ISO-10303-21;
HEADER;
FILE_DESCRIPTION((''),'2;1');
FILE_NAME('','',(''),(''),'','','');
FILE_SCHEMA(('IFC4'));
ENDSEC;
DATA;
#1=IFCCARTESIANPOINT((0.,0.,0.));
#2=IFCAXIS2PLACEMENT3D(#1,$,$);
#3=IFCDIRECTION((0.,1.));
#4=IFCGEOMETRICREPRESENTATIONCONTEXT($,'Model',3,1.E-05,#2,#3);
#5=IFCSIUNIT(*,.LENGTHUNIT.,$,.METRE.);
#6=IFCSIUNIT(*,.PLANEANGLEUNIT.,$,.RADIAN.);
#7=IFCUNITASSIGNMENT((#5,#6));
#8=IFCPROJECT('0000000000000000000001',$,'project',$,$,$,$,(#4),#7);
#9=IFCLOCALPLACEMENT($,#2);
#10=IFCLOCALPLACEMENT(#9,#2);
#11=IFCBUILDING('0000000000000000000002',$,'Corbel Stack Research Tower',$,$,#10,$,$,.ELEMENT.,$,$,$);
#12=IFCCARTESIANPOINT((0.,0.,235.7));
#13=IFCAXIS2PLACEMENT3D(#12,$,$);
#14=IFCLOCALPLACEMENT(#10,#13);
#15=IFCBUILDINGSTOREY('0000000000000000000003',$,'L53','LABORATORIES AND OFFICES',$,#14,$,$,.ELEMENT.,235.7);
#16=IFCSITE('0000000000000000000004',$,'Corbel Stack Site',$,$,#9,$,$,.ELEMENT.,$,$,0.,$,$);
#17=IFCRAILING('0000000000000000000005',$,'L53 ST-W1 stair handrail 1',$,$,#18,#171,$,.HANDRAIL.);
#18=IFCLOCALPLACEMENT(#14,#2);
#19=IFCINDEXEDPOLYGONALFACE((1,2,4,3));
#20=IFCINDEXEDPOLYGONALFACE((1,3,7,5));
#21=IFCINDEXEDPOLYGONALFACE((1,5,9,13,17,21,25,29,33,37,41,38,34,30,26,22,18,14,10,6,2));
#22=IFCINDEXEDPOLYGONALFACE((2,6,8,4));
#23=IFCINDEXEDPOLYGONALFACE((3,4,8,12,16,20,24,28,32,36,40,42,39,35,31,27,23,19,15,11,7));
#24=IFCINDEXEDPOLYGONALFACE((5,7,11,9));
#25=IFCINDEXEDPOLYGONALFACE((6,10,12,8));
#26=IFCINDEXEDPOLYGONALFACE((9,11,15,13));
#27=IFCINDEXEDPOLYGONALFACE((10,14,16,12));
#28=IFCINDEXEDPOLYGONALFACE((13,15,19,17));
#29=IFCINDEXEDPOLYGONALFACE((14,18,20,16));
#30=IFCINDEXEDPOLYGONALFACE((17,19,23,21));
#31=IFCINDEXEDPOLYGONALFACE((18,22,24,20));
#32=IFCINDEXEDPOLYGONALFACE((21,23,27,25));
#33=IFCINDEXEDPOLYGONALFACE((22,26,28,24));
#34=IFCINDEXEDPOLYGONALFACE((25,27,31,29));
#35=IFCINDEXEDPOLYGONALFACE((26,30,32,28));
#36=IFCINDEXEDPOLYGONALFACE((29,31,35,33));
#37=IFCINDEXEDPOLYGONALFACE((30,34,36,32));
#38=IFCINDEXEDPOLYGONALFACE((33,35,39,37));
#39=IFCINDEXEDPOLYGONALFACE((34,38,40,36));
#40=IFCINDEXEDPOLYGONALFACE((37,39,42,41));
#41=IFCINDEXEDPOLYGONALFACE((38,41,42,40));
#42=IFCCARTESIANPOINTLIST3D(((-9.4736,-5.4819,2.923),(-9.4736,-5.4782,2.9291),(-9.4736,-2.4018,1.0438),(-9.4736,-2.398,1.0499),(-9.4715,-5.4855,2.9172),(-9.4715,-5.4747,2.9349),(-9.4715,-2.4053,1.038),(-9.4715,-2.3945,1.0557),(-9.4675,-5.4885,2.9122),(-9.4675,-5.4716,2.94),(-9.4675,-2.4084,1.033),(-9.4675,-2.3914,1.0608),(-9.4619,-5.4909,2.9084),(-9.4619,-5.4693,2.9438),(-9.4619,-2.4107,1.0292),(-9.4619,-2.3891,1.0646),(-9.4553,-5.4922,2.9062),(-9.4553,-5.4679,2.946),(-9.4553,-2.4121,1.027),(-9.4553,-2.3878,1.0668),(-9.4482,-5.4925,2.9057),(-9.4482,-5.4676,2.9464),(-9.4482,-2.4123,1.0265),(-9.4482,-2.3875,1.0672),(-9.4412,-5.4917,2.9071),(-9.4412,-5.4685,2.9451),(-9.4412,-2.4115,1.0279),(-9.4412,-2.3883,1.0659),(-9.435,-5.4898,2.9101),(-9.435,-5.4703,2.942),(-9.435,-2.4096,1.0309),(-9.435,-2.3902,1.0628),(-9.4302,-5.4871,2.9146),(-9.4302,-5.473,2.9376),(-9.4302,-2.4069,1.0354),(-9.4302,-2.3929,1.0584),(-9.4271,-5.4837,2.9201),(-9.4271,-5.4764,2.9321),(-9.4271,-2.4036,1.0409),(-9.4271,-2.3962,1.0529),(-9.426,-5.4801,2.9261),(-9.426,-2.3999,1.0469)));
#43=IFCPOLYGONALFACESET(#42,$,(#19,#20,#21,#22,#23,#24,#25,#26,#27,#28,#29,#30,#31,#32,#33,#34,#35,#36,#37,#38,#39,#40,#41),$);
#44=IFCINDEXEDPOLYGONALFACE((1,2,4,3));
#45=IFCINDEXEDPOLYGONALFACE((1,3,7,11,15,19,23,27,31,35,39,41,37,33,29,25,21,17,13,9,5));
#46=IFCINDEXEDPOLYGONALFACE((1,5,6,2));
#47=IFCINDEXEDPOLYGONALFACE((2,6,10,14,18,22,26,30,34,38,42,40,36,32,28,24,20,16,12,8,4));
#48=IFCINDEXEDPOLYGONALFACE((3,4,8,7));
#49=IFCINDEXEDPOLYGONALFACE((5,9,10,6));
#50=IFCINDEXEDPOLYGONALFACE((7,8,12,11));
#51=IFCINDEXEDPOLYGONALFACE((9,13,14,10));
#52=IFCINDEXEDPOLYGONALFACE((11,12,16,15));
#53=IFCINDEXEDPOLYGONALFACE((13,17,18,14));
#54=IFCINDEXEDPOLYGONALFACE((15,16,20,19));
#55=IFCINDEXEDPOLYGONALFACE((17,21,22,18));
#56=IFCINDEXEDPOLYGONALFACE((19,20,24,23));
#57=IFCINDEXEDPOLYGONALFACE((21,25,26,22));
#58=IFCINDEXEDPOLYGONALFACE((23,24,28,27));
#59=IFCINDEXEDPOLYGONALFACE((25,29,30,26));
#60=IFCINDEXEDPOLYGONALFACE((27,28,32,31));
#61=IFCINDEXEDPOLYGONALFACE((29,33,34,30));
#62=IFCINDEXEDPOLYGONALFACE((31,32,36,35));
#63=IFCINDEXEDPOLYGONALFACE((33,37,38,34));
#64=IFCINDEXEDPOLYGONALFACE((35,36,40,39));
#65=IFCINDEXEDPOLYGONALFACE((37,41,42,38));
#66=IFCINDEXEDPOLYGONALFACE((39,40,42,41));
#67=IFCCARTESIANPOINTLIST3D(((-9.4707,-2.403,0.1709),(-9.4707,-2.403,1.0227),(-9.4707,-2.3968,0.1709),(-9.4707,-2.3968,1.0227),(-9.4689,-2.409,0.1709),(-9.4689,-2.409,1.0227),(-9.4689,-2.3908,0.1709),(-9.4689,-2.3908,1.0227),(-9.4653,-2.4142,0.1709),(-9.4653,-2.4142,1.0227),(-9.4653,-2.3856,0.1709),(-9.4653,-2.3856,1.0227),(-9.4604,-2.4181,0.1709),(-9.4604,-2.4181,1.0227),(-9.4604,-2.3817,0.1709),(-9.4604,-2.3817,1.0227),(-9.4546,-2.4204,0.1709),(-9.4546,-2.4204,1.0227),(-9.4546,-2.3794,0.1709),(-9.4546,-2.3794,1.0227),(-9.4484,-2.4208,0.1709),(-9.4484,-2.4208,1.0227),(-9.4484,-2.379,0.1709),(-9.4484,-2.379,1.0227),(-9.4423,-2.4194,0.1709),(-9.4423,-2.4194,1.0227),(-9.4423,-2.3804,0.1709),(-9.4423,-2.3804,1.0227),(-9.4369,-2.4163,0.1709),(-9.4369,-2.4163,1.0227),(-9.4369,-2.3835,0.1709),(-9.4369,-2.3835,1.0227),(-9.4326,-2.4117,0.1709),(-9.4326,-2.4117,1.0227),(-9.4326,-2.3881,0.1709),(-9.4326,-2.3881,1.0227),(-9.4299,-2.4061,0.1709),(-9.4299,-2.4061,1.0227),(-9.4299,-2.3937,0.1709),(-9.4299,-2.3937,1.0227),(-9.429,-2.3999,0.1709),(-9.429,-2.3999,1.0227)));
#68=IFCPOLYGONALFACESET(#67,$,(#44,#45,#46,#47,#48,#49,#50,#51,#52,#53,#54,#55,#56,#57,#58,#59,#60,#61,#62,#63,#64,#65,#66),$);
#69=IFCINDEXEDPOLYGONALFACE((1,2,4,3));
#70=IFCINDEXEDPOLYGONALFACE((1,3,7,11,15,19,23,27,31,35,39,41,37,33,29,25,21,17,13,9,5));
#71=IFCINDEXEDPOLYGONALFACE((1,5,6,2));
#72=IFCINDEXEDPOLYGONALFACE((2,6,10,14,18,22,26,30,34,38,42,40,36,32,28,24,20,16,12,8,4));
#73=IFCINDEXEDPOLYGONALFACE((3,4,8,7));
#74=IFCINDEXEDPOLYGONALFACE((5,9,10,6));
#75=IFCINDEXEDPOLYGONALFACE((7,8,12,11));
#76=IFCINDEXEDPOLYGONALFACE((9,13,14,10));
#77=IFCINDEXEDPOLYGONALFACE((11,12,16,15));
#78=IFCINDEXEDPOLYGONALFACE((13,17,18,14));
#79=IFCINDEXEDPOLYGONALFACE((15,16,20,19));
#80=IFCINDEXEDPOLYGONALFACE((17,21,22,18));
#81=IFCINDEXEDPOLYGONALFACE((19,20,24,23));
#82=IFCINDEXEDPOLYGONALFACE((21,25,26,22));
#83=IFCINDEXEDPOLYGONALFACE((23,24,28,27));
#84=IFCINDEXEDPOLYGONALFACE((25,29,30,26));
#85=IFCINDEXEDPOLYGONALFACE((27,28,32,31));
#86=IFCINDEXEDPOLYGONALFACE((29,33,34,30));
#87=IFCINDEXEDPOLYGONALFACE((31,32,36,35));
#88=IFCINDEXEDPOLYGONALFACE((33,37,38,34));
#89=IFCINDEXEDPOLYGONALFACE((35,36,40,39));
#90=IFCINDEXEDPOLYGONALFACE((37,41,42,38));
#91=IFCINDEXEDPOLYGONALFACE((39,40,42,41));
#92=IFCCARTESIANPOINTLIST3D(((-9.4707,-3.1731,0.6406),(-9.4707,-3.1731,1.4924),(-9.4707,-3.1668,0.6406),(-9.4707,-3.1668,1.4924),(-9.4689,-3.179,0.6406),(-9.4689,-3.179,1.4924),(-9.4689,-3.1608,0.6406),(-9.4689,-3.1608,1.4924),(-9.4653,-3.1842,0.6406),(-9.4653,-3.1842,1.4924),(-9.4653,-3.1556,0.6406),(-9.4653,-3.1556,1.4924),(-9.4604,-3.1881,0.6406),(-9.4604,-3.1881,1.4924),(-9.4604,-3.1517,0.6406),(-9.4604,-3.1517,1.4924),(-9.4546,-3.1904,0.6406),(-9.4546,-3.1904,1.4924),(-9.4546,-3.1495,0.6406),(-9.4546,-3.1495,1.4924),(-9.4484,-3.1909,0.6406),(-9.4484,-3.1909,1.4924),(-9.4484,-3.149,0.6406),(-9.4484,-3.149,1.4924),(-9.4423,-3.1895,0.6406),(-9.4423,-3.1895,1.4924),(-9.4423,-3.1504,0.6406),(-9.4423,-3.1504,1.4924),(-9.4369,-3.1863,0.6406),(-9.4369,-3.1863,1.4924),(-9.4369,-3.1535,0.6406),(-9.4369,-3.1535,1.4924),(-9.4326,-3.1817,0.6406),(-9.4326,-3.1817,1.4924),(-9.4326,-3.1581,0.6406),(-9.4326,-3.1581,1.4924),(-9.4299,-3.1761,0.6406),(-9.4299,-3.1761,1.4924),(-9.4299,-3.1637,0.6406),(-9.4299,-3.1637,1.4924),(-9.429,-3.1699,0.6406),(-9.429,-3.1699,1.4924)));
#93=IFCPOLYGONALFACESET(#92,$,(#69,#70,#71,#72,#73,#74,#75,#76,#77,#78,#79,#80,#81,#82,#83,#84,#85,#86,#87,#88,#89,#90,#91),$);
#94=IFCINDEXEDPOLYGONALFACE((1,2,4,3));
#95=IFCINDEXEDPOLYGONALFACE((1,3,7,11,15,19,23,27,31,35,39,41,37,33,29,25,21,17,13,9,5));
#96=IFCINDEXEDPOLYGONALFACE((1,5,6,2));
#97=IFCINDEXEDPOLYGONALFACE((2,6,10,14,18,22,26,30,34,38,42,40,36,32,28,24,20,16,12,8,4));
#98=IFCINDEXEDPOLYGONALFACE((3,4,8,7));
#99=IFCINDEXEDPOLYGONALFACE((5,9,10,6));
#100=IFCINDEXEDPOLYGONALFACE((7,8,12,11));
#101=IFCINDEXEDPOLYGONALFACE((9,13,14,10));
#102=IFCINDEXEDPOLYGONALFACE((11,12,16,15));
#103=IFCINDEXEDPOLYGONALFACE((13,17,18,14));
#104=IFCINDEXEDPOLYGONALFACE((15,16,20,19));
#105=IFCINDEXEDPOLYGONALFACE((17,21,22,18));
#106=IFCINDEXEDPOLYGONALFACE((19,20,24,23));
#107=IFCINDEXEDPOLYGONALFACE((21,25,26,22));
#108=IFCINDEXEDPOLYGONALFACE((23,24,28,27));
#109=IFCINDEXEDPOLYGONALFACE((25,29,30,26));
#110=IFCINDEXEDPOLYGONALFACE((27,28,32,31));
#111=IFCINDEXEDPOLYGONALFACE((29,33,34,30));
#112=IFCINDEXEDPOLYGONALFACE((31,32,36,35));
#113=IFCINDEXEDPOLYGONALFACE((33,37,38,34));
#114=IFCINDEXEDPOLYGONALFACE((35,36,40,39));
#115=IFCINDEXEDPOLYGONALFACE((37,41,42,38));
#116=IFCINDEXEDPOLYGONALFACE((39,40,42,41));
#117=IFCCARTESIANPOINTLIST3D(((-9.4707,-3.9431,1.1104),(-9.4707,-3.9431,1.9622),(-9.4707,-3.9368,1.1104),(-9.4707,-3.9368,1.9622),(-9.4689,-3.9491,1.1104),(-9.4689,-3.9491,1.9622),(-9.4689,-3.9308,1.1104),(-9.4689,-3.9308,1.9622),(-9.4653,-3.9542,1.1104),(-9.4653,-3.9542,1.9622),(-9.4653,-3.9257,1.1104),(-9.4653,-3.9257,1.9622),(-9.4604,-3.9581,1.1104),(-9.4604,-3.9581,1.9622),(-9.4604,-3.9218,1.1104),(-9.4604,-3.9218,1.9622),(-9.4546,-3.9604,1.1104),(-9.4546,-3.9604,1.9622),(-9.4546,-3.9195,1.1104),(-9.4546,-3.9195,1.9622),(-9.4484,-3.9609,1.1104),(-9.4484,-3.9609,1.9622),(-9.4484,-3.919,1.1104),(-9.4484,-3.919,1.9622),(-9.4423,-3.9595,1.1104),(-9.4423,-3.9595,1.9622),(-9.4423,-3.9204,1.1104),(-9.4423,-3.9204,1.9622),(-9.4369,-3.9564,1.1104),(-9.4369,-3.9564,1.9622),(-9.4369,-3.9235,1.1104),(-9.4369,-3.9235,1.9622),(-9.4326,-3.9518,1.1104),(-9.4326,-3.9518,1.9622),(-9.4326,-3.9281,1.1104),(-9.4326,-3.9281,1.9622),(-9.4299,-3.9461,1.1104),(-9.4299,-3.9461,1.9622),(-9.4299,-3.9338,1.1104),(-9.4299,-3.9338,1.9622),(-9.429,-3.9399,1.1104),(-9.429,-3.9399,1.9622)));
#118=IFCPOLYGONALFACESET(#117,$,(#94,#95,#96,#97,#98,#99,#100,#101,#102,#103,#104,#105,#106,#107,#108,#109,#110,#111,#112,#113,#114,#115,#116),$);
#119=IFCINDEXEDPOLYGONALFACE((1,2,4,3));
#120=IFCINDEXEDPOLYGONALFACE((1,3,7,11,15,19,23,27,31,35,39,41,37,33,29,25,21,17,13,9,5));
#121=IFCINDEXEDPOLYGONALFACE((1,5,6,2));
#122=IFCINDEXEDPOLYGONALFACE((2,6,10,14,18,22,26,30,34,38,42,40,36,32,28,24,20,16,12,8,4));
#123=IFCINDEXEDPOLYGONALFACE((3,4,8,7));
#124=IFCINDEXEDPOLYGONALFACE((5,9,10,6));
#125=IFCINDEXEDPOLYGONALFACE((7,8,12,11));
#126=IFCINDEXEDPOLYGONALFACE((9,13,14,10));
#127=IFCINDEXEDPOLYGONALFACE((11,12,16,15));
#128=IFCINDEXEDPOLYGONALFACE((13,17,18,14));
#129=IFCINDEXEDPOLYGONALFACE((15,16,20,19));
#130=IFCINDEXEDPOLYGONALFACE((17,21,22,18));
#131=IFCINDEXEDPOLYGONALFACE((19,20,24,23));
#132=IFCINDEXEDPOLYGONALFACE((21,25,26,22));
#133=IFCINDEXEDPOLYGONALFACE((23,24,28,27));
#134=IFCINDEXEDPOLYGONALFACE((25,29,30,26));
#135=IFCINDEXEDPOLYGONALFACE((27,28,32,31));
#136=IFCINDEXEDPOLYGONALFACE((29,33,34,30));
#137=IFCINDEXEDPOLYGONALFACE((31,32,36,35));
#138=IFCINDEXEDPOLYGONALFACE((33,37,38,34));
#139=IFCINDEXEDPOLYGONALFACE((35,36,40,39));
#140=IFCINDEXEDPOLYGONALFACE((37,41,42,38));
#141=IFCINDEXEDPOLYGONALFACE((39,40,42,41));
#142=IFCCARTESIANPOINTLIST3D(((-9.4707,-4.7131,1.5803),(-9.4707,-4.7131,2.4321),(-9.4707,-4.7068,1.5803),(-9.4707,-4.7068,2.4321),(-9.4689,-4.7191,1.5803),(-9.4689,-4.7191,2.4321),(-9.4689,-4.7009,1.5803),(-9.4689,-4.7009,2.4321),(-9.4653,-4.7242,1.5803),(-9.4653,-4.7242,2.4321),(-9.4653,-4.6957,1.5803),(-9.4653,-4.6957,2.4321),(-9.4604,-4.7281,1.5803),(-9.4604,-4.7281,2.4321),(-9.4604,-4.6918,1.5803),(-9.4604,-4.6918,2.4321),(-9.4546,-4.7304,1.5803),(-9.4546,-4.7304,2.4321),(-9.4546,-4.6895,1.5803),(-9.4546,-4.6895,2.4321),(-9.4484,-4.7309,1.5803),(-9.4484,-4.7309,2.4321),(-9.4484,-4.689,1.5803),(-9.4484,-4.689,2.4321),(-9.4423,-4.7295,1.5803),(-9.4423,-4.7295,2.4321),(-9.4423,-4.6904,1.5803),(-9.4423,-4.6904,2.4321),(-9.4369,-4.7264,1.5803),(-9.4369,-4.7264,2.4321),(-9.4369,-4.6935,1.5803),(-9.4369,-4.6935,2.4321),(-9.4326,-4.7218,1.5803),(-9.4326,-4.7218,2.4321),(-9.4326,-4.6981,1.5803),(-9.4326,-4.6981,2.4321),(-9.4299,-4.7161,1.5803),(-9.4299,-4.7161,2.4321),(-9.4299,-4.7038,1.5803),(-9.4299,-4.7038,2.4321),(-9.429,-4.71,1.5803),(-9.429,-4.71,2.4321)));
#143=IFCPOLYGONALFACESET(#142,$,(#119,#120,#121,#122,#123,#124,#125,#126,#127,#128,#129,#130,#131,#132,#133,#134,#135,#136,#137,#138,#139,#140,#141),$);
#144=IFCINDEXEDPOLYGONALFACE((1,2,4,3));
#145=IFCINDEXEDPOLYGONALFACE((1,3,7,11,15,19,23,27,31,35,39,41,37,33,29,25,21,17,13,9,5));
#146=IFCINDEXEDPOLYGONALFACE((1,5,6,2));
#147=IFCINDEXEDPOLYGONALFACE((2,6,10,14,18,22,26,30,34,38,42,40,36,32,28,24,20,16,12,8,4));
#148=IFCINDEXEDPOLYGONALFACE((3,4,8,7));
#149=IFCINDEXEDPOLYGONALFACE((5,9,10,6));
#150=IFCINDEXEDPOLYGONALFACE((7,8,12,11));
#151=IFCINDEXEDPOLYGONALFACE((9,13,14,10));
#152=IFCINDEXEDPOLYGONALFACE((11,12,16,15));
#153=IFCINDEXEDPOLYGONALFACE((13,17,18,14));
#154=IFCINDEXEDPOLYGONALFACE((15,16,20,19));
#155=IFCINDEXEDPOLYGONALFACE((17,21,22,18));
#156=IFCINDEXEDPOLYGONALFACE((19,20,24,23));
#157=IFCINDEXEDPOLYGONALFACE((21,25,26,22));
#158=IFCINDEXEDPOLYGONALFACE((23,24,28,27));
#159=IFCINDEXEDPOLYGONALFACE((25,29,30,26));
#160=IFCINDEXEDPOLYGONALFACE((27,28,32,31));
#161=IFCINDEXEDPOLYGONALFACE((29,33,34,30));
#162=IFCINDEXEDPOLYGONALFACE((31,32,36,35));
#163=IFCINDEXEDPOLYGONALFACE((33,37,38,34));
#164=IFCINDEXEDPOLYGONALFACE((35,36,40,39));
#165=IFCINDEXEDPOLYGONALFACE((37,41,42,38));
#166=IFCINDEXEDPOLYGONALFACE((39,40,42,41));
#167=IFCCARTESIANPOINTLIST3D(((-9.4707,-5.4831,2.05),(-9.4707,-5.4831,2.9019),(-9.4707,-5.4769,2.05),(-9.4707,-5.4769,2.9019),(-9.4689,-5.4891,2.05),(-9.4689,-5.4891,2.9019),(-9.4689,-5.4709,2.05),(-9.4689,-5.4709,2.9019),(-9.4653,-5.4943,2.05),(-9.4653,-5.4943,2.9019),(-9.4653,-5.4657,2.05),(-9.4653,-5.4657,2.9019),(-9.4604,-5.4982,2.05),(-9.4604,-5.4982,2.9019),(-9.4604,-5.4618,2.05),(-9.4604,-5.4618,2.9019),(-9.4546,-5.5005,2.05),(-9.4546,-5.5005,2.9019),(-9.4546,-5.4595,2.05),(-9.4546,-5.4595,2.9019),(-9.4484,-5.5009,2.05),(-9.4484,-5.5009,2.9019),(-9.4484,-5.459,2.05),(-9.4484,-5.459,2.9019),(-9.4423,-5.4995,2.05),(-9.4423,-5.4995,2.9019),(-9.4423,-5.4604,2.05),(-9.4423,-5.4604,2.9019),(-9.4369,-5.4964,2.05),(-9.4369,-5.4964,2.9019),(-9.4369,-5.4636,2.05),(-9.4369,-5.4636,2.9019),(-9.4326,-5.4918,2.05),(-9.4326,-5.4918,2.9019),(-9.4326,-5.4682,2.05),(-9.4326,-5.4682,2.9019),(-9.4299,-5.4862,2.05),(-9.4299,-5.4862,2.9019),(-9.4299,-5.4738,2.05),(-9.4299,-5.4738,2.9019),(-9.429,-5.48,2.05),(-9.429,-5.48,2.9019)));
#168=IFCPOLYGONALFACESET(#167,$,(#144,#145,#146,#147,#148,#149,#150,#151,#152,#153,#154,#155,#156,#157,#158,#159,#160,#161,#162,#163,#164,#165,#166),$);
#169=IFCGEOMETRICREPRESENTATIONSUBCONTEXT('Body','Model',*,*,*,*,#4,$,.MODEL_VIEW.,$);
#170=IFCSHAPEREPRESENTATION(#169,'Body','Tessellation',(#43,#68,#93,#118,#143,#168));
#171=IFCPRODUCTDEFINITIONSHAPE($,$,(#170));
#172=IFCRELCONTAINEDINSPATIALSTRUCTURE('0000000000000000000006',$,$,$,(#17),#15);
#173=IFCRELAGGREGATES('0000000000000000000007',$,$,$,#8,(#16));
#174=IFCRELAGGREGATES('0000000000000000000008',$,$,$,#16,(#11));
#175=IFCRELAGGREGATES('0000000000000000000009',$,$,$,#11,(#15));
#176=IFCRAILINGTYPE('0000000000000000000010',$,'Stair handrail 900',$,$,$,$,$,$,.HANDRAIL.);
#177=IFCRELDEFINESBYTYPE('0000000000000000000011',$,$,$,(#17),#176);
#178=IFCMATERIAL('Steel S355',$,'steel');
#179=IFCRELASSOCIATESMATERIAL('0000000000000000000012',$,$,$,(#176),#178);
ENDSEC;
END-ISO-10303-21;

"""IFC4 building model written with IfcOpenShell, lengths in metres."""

from ifc_helpers import new_model, si_unit, direction, frame, origin, origin_2d, place, context, subcontext, project, spatial, circle, extrude, material, type_object, element, save


model = new_model("IFC4")

# Units and contexts
model_context = context("Model", 3, precision=1e-05, world=origin(), true_north=direction((0.0, 1.0)))
body_context = subcontext(model_context, "Body", "Model", "MODEL_VIEW")
ifc_project = project(units=[si_unit("LENGTHUNIT", "METRE"), si_unit("PLANEANGLEUNIT", "RADIAN")], contexts=[model_context])

# Site, building, storey
site_placement = place(None, origin())
site = spatial("IfcSite", under=ifc_project, at=site_placement, Name="Corbel Stack Site", CompositionType="ELEMENT", RefElevation=0.0)
building_placement = place(site_placement, origin())
building = spatial("IfcBuilding", under=site, at=building_placement, Name="Corbel Stack Research Tower", CompositionType="ELEMENT")
storey_placement = place(building_placement, frame((0.0, 0.0, 235.7)))
storey = spatial("IfcBuildingStorey", under=building, at=storey_placement, Name="L53", Description="LABORATORIES AND OFFICES", CompositionType="ELEMENT", Elevation=235.7)

# Railing
ifc_material_1 = material(Name="Steel S355", Category="steel")
railing_type_1 = type_object("IfcRailingType", Name="Stair handrail 900", PredefinedType="HANDRAIL", material=ifc_material_1)
railing_1_placement = place(storey_placement, frame((-9.45, -2.3999, 0.1709)))
element("IfcRailing", 1, at=railing_1_placement, inside=storey, type_object=railing_type_1, Name="L53 ST-W1 stair handrail 1", PredefinedType="HANDRAIL", context=body_context, shape_type="SweptSolid", body=[
    extrude(circle(Radius=0.0239, at=origin_2d()), frame((0.0, 0.0, 0.876), z_axis=(0.0, -0.853666, 0.52082), x_axis=(1.0, 0.0, 0.0)), (0.0, 0.0, 1.0), 3.6082),
    extrude(circle(Radius=0.021, at=origin_2d()), origin(), (0.0, 0.0, 1.0), 0.8518),
    extrude(circle(Radius=0.021, at=origin_2d()), frame((0.0, -0.77, 0.4697)), (0.0, 0.0, 1.0), 0.8518),
    extrude(circle(Radius=0.021, at=origin_2d()), frame((0.0, -1.54, 0.9395)), (0.0, 0.0, 1.0), 0.8518),
    extrude(circle(Radius=0.021, at=origin_2d()), frame((0.0, -2.3101, 1.4094)), (0.0, 0.0, 1.0), 0.8518),
    extrude(circle(Radius=0.021, at=origin_2d()), frame((0.0, -3.0801, 1.8792)), (0.0, 0.0, 1.0), 0.8518),
])

save(model, "model.ifc")
